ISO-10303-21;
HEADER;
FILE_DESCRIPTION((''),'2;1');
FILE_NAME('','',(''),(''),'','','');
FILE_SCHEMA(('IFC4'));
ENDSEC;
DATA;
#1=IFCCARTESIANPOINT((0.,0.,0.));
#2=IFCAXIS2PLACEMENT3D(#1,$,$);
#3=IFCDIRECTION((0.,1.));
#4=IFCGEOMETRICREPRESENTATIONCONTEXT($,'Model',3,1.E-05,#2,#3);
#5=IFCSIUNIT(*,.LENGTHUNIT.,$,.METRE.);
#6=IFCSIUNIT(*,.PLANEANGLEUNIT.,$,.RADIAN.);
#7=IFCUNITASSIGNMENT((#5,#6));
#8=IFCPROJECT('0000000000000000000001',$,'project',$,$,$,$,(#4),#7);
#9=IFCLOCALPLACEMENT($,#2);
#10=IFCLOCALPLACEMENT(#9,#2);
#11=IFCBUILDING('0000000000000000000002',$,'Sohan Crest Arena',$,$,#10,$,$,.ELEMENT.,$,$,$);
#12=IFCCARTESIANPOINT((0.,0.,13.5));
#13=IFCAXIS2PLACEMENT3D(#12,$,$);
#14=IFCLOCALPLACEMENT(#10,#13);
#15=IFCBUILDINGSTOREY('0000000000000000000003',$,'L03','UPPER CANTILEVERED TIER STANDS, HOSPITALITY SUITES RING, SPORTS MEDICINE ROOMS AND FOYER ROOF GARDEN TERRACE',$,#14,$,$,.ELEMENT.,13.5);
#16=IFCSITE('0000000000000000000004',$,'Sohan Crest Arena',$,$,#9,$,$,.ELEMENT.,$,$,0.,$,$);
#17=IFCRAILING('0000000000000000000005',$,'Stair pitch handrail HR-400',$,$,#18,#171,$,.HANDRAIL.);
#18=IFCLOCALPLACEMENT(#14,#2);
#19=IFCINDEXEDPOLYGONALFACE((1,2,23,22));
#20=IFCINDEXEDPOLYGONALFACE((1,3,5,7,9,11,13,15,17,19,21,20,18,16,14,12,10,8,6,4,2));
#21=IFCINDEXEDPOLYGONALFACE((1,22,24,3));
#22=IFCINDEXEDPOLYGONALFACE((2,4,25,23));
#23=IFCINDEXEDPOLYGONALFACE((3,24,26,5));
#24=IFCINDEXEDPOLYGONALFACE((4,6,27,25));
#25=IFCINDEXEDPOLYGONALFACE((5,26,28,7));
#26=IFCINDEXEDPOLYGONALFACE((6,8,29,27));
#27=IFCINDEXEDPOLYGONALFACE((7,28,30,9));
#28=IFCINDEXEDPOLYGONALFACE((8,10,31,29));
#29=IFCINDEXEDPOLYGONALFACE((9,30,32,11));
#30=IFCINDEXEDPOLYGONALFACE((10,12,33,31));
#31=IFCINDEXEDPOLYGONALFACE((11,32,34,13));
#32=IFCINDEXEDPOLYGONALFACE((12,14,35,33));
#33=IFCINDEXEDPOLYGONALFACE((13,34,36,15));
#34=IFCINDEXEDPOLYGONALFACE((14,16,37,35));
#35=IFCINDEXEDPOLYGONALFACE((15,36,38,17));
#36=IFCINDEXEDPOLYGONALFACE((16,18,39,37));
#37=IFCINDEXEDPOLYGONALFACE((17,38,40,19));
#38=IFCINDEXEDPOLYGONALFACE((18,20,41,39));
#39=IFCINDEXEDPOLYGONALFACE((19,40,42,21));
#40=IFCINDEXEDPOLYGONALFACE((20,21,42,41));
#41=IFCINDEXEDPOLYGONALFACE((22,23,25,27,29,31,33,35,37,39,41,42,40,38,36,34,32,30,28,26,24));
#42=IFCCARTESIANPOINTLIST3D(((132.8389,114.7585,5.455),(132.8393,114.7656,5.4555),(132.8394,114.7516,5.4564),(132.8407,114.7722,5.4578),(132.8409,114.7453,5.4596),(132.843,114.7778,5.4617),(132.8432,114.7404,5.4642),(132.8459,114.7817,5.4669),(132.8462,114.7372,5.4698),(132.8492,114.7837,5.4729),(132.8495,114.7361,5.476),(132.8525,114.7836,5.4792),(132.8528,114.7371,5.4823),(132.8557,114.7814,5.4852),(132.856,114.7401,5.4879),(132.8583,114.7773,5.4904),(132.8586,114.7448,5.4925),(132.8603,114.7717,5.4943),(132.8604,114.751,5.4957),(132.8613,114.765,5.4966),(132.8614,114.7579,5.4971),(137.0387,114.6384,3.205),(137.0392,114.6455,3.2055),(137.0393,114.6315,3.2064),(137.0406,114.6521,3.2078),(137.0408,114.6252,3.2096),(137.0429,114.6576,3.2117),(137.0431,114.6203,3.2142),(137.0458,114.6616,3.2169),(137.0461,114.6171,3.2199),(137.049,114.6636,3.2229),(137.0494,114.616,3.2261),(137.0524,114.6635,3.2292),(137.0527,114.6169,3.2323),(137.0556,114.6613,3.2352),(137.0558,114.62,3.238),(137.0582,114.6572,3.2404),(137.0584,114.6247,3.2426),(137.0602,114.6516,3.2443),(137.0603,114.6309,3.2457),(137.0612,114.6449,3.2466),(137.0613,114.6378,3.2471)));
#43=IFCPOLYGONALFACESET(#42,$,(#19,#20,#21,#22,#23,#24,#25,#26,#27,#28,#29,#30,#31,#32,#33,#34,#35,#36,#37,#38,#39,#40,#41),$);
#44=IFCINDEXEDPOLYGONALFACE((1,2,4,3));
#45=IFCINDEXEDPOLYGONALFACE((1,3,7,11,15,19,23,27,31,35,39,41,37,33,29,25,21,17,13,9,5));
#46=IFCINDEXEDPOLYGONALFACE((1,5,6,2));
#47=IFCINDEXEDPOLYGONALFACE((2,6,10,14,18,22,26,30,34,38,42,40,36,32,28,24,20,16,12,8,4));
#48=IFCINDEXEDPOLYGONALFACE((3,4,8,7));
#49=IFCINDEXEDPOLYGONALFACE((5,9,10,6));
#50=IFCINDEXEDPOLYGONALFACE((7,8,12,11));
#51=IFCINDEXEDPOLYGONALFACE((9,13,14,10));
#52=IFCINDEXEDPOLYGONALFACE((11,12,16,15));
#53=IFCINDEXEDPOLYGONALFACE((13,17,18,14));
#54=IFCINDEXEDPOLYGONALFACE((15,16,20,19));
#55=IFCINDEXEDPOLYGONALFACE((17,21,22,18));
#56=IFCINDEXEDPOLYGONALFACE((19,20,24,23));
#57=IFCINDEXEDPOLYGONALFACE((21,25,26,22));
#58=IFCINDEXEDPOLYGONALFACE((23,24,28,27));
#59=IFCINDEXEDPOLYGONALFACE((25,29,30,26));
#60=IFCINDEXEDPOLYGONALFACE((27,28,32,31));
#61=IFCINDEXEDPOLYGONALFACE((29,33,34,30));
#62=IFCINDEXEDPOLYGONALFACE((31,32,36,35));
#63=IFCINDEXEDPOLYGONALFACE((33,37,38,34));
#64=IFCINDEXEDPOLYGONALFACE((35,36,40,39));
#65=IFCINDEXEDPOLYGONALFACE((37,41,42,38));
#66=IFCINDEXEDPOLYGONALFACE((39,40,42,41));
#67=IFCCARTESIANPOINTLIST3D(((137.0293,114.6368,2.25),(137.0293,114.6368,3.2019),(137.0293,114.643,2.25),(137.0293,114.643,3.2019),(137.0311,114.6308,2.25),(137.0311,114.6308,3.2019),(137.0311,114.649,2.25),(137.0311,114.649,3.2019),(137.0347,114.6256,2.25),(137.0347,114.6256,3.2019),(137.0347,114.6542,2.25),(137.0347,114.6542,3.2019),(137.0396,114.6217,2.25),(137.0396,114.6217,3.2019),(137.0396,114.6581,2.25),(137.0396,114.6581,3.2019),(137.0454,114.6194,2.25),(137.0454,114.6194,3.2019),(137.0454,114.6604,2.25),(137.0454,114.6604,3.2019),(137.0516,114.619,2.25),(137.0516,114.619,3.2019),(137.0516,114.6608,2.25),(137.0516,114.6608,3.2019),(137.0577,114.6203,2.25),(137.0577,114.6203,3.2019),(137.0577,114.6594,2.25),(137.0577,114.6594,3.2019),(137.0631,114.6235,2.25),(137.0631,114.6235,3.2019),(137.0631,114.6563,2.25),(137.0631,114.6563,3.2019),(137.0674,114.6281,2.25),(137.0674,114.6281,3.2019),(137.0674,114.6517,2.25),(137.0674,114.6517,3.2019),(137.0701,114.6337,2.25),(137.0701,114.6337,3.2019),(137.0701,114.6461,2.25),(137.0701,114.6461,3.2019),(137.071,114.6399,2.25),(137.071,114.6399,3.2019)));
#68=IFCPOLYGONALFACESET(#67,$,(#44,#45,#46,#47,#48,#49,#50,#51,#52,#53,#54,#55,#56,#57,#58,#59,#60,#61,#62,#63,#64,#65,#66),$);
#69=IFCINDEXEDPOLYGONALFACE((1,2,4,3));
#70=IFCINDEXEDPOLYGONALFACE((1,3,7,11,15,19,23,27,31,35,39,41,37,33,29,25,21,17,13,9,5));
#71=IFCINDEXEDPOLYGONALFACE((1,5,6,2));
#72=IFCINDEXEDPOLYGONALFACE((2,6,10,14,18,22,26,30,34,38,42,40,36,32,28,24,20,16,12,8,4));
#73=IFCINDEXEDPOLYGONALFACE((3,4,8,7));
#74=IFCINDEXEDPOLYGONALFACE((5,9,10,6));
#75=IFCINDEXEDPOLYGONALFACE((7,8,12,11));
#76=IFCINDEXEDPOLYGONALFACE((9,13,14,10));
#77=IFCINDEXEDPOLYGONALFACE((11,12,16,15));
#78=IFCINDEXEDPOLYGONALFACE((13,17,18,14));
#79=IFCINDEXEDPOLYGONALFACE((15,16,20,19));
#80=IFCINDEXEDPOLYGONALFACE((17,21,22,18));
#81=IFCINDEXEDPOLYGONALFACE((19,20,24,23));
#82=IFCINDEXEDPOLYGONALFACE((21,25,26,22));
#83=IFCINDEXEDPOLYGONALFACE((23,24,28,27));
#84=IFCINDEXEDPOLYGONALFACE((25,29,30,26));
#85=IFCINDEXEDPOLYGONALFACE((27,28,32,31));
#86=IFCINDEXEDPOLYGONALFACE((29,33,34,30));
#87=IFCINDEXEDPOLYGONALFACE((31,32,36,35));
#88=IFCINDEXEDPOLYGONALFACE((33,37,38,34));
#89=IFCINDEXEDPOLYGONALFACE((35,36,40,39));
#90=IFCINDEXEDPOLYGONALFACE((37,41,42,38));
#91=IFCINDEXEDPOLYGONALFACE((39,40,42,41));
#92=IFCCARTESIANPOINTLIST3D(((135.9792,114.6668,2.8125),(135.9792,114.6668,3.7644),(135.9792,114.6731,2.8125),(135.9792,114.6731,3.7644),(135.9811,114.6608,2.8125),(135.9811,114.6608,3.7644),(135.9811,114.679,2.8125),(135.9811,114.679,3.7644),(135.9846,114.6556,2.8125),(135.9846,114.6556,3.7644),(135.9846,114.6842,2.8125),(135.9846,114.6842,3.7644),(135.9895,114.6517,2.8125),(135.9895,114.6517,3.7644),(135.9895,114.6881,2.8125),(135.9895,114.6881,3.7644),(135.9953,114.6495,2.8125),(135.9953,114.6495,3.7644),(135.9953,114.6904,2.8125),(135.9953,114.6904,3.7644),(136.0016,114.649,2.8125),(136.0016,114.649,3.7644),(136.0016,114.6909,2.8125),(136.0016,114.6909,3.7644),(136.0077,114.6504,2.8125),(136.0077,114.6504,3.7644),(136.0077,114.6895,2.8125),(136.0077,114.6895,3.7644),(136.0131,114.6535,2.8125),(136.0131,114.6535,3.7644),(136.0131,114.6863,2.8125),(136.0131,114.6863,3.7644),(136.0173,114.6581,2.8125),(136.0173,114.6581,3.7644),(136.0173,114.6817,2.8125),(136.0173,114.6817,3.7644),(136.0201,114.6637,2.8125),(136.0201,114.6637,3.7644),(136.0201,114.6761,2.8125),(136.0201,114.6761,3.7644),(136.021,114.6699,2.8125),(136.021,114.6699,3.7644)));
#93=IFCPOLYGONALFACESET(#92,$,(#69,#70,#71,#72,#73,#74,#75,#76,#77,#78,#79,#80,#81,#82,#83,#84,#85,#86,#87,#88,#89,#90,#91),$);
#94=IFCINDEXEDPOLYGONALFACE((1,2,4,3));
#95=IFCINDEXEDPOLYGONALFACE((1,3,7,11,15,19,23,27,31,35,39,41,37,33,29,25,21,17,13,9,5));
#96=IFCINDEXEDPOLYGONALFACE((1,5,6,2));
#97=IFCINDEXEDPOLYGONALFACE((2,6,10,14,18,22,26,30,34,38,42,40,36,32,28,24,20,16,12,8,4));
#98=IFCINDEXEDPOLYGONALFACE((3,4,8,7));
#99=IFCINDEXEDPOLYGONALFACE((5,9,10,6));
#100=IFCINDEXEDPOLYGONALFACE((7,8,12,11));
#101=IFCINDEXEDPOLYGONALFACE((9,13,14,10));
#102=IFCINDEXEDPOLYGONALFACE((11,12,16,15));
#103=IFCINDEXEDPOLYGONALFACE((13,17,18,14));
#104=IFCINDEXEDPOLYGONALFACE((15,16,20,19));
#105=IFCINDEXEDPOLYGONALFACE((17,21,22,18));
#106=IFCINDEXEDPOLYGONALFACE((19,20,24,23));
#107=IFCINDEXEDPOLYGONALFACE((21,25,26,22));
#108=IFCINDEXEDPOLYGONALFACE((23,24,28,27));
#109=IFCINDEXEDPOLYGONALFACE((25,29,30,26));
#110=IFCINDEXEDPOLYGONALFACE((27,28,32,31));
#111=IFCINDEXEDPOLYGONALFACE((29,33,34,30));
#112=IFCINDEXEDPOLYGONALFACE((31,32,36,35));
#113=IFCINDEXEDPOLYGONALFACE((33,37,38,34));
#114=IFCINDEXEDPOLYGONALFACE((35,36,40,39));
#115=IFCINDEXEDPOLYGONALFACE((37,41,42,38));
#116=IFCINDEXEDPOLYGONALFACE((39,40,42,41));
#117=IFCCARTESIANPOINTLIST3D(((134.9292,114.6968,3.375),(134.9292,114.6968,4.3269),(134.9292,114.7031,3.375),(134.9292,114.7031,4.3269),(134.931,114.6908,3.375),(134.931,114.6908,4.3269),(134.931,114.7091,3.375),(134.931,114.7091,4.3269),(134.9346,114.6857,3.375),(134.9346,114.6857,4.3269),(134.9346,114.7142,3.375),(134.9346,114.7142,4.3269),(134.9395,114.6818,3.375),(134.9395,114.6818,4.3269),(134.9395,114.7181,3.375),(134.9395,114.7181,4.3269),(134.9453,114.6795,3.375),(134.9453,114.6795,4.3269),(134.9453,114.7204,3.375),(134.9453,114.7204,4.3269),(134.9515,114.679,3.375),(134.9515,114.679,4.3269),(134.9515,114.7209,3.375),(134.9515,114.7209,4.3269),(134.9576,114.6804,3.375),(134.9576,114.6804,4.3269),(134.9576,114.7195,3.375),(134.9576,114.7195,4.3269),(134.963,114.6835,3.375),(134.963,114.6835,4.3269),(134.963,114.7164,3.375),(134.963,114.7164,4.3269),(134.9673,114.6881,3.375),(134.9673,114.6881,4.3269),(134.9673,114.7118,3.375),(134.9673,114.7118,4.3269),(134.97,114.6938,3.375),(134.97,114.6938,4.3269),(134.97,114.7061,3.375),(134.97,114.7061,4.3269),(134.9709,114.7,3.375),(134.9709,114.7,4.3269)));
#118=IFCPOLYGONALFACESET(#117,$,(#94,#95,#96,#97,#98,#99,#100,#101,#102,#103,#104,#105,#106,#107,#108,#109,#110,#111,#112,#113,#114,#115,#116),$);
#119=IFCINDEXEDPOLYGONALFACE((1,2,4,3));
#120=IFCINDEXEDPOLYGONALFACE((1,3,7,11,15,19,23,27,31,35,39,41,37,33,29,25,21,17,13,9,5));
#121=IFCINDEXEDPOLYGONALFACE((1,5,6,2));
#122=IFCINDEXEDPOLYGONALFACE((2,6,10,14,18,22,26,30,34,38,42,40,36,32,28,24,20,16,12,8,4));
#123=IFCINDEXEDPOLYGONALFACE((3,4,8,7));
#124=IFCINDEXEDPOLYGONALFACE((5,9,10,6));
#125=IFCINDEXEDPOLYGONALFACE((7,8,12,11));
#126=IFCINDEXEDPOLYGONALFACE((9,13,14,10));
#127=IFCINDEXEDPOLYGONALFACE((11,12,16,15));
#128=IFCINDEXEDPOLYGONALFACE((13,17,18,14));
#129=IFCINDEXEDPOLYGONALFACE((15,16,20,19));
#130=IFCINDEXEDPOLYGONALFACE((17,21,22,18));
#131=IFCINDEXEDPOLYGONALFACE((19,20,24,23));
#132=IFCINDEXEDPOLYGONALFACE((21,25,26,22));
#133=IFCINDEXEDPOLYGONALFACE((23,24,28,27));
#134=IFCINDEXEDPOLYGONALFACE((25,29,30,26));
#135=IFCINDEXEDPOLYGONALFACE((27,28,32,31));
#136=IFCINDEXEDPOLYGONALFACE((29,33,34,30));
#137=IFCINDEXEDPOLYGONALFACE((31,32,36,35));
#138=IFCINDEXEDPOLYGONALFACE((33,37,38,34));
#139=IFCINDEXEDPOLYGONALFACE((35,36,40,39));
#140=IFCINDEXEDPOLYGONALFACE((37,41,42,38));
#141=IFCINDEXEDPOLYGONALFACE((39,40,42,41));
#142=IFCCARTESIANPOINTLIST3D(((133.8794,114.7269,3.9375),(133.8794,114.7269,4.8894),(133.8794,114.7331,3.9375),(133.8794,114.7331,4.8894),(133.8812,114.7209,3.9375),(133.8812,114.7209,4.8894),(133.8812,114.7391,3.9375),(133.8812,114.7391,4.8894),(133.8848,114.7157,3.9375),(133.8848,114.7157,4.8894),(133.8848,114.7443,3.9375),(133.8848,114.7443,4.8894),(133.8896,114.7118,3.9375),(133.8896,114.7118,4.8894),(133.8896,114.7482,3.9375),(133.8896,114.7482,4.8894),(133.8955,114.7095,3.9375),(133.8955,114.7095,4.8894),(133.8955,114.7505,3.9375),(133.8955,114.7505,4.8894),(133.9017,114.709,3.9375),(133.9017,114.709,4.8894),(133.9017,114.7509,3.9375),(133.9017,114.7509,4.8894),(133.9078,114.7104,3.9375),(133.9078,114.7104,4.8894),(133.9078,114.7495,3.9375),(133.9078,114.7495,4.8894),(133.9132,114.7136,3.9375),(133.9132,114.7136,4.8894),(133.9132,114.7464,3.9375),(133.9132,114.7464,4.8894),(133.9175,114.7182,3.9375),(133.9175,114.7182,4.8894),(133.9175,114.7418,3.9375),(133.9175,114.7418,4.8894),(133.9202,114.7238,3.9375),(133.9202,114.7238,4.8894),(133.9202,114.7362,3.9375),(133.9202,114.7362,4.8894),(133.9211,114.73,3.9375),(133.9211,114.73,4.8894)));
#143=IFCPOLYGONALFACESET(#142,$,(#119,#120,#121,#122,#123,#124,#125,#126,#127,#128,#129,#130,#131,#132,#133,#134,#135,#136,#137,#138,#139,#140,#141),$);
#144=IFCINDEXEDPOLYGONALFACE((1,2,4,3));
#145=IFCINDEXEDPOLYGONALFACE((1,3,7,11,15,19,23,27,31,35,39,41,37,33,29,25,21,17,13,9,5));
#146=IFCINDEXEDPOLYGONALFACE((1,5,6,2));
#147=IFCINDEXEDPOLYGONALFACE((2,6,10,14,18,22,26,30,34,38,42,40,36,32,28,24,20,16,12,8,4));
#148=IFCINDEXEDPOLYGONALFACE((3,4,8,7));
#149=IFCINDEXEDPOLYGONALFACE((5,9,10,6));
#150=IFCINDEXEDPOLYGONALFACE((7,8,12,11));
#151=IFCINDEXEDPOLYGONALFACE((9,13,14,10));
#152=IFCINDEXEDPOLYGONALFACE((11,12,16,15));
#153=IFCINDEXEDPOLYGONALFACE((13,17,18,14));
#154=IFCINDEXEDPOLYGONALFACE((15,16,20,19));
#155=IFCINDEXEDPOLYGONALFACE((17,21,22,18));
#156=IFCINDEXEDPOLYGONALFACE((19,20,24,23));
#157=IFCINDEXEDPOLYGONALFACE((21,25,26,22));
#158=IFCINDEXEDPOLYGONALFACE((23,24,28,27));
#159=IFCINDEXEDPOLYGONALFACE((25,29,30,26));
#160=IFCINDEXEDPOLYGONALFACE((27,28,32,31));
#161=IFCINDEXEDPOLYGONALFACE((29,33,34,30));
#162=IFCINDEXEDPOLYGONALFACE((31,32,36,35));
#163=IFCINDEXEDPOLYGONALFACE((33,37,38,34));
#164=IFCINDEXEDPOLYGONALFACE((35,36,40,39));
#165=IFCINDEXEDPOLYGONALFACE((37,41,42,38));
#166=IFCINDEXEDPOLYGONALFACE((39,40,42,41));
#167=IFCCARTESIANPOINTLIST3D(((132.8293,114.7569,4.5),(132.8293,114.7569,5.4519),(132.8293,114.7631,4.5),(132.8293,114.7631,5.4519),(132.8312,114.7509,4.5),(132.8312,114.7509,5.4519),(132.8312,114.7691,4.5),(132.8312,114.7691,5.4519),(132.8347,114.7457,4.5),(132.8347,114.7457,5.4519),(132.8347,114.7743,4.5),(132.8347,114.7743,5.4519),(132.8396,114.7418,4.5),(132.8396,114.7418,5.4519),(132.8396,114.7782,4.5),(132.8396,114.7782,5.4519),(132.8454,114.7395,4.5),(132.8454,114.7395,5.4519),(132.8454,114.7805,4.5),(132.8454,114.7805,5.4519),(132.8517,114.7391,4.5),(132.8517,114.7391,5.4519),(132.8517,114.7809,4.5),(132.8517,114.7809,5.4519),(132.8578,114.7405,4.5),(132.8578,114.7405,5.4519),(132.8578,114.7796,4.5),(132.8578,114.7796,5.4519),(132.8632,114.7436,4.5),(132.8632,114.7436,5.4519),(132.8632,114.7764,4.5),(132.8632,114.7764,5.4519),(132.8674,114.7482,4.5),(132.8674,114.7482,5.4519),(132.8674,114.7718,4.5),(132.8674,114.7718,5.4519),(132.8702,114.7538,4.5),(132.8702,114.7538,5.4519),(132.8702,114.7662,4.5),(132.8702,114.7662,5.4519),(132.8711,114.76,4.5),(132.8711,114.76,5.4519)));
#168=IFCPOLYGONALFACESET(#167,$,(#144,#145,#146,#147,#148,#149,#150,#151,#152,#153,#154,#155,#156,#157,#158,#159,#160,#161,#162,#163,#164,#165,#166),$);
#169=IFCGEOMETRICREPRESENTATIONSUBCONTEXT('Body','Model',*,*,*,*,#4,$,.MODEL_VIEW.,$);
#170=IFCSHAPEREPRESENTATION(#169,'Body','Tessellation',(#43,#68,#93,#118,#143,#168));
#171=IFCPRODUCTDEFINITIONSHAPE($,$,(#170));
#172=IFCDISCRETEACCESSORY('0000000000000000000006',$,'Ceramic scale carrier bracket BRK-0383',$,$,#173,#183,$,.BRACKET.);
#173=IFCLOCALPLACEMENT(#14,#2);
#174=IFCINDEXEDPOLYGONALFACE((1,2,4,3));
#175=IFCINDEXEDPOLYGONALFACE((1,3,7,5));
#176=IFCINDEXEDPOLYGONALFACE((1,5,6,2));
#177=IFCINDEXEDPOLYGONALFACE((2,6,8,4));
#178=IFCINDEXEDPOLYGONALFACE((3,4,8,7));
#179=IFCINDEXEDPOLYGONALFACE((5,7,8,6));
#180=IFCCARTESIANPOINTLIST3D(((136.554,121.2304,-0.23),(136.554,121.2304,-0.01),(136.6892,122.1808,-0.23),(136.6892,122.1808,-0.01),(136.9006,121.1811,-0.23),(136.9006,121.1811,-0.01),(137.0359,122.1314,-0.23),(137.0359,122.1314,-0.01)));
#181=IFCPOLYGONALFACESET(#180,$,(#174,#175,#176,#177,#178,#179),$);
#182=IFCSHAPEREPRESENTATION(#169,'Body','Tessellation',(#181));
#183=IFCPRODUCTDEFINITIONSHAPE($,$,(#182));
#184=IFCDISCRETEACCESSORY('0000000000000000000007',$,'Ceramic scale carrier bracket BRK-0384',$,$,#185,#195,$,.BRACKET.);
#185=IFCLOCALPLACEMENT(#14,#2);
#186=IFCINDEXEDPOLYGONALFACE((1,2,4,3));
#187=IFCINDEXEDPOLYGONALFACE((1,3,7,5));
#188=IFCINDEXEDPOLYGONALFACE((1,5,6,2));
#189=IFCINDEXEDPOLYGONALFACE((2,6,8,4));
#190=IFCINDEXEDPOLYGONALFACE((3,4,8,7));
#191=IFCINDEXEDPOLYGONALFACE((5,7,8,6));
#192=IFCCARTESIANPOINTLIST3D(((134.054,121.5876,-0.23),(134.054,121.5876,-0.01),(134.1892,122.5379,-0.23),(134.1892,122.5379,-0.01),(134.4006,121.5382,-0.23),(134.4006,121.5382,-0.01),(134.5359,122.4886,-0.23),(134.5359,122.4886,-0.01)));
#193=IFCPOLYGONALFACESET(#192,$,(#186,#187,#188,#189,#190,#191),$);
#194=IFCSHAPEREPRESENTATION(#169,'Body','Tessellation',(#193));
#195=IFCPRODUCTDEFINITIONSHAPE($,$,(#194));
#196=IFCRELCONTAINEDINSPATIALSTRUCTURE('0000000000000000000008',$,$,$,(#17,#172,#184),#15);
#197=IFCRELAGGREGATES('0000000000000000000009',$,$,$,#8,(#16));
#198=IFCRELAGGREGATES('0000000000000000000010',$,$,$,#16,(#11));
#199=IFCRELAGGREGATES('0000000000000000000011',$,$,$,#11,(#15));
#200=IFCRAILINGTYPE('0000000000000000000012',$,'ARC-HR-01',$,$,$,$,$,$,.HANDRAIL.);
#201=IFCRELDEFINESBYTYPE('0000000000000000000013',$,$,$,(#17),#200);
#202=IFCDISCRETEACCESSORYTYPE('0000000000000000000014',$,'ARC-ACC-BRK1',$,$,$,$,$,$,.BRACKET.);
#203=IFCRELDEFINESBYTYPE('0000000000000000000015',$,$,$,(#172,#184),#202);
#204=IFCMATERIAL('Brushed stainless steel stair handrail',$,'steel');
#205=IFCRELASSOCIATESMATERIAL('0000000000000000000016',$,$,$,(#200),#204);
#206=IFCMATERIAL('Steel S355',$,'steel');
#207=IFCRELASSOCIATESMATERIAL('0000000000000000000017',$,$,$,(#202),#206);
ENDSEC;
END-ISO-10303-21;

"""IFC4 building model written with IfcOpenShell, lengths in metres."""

from ifc_helpers import new_model, si_unit, direction, frame, origin, origin_2d, place, context, subcontext, project, spatial, rectangle, circle, extrude, material, type_object, element, save


model = new_model("IFC4")

# Units and contexts
model_context = context("Model", 3, precision=1e-05, world=origin(), true_north=direction((0.0, 1.0)))
body_context = subcontext(model_context, "Body", "Model", "MODEL_VIEW")
ifc_project = project(units=[si_unit("LENGTHUNIT", "METRE"), si_unit("PLANEANGLEUNIT", "RADIAN")], contexts=[model_context])

# Site, building, storey
site_placement = place(None, origin())
site = spatial("IfcSite", under=ifc_project, at=site_placement, Name="Sohan Crest Arena", CompositionType="ELEMENT", RefElevation=0.0)
building_placement = place(site_placement, origin())
building = spatial("IfcBuilding", under=site, at=building_placement, Name="Sohan Crest Arena", CompositionType="ELEMENT")
storey_placement = place(building_placement, frame((0.0, 0.0, 13.5)))
storey = spatial("IfcBuildingStorey", under=building, at=storey_placement, Name="L03", Description="UPPER CANTILEVERED TIER STANDS, HOSPITALITY SUITES RING, SPORTS MEDICINE ROOMS AND FOYER ROOF GARDEN TERRACE", CompositionType="ELEMENT", Elevation=13.5)

# Shared definitions
ifc_material_1 = material(Name="Steel S355", Category="steel")

# Railing
ifc_material_2 = material(Name="Brushed stainless steel stair handrail", Category="steel")
railing_type_1 = type_object("IfcRailingType", Name="ARC-HR-01", PredefinedType="HANDRAIL", material=ifc_material_2)
railing_1_placement = place(storey_placement, frame((137.05, 114.6399, 2.25)))
element("IfcRailing", 1, at=railing_1_placement, inside=storey, type_object=railing_type_1, Name="Stair pitch handrail HR-400", PredefinedType="HANDRAIL", context=body_context, shape_type="SweptSolid", body=[
    extrude(circle(Radius=0.0239, at=origin_2d()), frame((0.0, 0.0, 0.9761), z_axis=(-0.881198, 0.025202, 0.472076), x_axis=(-0.028588, -0.999591, 0.0)), (0.0, 0.0, 1.0), 4.7661),
    extrude(circle(Radius=0.021, at=origin_2d()), origin(), (0.0, 0.0, 1.0), 0.9519),
    extrude(circle(Radius=0.021, at=origin_2d()), frame((-1.05, 0.03, 0.5625)), (0.0, 0.0, 1.0), 0.9519),
    extrude(circle(Radius=0.021, at=origin_2d()), frame((-2.1001, 0.0601, 1.125)), (0.0, 0.0, 1.0), 0.9519),
    extrude(circle(Radius=0.021, at=origin_2d()), frame((-3.1499, 0.0901, 1.6875)), (0.0, 0.0, 1.0), 0.9519),
    extrude(circle(Radius=0.021, at=origin_2d()), frame((-4.2, 0.1201, 2.25)), (0.0, 0.0, 1.0), 0.9519),
])

# Discrete accessories
discrete_accessory_type = type_object("IfcDiscreteAccessoryType", Name="ARC-ACC-BRK1", PredefinedType="BRACKET", material=ifc_material_1)
for number, where, z_axis, x_axis, name in (
    (2, (136.7949, 121.6809, -0.23), (0.0, 0.0, 1.0), (-0.990024, 0.140901, 0.0), "Ceramic scale carrier bracket BRK-0383"),
    (3, (134.2949, 122.0381, -0.23), (0.0, 0.0, 1.0), (-0.990024, 0.140901, 0.0), "Ceramic scale carrier bracket BRK-0384"),
):
    element("IfcDiscreteAccessory", number, at=place(storey_placement, frame(where, z_axis=z_axis, x_axis=x_axis)), inside=storey, type_object=discrete_accessory_type, Name=name, PredefinedType="BRACKET", context=body_context, shape_type="SweptSolid", body=[
        extrude(rectangle(XDim=0.3501, YDim=0.96, at=origin_2d()), origin(), (0.0, 0.0, 1.0), 0.22),
    ])

save(model, "model.ifc")
